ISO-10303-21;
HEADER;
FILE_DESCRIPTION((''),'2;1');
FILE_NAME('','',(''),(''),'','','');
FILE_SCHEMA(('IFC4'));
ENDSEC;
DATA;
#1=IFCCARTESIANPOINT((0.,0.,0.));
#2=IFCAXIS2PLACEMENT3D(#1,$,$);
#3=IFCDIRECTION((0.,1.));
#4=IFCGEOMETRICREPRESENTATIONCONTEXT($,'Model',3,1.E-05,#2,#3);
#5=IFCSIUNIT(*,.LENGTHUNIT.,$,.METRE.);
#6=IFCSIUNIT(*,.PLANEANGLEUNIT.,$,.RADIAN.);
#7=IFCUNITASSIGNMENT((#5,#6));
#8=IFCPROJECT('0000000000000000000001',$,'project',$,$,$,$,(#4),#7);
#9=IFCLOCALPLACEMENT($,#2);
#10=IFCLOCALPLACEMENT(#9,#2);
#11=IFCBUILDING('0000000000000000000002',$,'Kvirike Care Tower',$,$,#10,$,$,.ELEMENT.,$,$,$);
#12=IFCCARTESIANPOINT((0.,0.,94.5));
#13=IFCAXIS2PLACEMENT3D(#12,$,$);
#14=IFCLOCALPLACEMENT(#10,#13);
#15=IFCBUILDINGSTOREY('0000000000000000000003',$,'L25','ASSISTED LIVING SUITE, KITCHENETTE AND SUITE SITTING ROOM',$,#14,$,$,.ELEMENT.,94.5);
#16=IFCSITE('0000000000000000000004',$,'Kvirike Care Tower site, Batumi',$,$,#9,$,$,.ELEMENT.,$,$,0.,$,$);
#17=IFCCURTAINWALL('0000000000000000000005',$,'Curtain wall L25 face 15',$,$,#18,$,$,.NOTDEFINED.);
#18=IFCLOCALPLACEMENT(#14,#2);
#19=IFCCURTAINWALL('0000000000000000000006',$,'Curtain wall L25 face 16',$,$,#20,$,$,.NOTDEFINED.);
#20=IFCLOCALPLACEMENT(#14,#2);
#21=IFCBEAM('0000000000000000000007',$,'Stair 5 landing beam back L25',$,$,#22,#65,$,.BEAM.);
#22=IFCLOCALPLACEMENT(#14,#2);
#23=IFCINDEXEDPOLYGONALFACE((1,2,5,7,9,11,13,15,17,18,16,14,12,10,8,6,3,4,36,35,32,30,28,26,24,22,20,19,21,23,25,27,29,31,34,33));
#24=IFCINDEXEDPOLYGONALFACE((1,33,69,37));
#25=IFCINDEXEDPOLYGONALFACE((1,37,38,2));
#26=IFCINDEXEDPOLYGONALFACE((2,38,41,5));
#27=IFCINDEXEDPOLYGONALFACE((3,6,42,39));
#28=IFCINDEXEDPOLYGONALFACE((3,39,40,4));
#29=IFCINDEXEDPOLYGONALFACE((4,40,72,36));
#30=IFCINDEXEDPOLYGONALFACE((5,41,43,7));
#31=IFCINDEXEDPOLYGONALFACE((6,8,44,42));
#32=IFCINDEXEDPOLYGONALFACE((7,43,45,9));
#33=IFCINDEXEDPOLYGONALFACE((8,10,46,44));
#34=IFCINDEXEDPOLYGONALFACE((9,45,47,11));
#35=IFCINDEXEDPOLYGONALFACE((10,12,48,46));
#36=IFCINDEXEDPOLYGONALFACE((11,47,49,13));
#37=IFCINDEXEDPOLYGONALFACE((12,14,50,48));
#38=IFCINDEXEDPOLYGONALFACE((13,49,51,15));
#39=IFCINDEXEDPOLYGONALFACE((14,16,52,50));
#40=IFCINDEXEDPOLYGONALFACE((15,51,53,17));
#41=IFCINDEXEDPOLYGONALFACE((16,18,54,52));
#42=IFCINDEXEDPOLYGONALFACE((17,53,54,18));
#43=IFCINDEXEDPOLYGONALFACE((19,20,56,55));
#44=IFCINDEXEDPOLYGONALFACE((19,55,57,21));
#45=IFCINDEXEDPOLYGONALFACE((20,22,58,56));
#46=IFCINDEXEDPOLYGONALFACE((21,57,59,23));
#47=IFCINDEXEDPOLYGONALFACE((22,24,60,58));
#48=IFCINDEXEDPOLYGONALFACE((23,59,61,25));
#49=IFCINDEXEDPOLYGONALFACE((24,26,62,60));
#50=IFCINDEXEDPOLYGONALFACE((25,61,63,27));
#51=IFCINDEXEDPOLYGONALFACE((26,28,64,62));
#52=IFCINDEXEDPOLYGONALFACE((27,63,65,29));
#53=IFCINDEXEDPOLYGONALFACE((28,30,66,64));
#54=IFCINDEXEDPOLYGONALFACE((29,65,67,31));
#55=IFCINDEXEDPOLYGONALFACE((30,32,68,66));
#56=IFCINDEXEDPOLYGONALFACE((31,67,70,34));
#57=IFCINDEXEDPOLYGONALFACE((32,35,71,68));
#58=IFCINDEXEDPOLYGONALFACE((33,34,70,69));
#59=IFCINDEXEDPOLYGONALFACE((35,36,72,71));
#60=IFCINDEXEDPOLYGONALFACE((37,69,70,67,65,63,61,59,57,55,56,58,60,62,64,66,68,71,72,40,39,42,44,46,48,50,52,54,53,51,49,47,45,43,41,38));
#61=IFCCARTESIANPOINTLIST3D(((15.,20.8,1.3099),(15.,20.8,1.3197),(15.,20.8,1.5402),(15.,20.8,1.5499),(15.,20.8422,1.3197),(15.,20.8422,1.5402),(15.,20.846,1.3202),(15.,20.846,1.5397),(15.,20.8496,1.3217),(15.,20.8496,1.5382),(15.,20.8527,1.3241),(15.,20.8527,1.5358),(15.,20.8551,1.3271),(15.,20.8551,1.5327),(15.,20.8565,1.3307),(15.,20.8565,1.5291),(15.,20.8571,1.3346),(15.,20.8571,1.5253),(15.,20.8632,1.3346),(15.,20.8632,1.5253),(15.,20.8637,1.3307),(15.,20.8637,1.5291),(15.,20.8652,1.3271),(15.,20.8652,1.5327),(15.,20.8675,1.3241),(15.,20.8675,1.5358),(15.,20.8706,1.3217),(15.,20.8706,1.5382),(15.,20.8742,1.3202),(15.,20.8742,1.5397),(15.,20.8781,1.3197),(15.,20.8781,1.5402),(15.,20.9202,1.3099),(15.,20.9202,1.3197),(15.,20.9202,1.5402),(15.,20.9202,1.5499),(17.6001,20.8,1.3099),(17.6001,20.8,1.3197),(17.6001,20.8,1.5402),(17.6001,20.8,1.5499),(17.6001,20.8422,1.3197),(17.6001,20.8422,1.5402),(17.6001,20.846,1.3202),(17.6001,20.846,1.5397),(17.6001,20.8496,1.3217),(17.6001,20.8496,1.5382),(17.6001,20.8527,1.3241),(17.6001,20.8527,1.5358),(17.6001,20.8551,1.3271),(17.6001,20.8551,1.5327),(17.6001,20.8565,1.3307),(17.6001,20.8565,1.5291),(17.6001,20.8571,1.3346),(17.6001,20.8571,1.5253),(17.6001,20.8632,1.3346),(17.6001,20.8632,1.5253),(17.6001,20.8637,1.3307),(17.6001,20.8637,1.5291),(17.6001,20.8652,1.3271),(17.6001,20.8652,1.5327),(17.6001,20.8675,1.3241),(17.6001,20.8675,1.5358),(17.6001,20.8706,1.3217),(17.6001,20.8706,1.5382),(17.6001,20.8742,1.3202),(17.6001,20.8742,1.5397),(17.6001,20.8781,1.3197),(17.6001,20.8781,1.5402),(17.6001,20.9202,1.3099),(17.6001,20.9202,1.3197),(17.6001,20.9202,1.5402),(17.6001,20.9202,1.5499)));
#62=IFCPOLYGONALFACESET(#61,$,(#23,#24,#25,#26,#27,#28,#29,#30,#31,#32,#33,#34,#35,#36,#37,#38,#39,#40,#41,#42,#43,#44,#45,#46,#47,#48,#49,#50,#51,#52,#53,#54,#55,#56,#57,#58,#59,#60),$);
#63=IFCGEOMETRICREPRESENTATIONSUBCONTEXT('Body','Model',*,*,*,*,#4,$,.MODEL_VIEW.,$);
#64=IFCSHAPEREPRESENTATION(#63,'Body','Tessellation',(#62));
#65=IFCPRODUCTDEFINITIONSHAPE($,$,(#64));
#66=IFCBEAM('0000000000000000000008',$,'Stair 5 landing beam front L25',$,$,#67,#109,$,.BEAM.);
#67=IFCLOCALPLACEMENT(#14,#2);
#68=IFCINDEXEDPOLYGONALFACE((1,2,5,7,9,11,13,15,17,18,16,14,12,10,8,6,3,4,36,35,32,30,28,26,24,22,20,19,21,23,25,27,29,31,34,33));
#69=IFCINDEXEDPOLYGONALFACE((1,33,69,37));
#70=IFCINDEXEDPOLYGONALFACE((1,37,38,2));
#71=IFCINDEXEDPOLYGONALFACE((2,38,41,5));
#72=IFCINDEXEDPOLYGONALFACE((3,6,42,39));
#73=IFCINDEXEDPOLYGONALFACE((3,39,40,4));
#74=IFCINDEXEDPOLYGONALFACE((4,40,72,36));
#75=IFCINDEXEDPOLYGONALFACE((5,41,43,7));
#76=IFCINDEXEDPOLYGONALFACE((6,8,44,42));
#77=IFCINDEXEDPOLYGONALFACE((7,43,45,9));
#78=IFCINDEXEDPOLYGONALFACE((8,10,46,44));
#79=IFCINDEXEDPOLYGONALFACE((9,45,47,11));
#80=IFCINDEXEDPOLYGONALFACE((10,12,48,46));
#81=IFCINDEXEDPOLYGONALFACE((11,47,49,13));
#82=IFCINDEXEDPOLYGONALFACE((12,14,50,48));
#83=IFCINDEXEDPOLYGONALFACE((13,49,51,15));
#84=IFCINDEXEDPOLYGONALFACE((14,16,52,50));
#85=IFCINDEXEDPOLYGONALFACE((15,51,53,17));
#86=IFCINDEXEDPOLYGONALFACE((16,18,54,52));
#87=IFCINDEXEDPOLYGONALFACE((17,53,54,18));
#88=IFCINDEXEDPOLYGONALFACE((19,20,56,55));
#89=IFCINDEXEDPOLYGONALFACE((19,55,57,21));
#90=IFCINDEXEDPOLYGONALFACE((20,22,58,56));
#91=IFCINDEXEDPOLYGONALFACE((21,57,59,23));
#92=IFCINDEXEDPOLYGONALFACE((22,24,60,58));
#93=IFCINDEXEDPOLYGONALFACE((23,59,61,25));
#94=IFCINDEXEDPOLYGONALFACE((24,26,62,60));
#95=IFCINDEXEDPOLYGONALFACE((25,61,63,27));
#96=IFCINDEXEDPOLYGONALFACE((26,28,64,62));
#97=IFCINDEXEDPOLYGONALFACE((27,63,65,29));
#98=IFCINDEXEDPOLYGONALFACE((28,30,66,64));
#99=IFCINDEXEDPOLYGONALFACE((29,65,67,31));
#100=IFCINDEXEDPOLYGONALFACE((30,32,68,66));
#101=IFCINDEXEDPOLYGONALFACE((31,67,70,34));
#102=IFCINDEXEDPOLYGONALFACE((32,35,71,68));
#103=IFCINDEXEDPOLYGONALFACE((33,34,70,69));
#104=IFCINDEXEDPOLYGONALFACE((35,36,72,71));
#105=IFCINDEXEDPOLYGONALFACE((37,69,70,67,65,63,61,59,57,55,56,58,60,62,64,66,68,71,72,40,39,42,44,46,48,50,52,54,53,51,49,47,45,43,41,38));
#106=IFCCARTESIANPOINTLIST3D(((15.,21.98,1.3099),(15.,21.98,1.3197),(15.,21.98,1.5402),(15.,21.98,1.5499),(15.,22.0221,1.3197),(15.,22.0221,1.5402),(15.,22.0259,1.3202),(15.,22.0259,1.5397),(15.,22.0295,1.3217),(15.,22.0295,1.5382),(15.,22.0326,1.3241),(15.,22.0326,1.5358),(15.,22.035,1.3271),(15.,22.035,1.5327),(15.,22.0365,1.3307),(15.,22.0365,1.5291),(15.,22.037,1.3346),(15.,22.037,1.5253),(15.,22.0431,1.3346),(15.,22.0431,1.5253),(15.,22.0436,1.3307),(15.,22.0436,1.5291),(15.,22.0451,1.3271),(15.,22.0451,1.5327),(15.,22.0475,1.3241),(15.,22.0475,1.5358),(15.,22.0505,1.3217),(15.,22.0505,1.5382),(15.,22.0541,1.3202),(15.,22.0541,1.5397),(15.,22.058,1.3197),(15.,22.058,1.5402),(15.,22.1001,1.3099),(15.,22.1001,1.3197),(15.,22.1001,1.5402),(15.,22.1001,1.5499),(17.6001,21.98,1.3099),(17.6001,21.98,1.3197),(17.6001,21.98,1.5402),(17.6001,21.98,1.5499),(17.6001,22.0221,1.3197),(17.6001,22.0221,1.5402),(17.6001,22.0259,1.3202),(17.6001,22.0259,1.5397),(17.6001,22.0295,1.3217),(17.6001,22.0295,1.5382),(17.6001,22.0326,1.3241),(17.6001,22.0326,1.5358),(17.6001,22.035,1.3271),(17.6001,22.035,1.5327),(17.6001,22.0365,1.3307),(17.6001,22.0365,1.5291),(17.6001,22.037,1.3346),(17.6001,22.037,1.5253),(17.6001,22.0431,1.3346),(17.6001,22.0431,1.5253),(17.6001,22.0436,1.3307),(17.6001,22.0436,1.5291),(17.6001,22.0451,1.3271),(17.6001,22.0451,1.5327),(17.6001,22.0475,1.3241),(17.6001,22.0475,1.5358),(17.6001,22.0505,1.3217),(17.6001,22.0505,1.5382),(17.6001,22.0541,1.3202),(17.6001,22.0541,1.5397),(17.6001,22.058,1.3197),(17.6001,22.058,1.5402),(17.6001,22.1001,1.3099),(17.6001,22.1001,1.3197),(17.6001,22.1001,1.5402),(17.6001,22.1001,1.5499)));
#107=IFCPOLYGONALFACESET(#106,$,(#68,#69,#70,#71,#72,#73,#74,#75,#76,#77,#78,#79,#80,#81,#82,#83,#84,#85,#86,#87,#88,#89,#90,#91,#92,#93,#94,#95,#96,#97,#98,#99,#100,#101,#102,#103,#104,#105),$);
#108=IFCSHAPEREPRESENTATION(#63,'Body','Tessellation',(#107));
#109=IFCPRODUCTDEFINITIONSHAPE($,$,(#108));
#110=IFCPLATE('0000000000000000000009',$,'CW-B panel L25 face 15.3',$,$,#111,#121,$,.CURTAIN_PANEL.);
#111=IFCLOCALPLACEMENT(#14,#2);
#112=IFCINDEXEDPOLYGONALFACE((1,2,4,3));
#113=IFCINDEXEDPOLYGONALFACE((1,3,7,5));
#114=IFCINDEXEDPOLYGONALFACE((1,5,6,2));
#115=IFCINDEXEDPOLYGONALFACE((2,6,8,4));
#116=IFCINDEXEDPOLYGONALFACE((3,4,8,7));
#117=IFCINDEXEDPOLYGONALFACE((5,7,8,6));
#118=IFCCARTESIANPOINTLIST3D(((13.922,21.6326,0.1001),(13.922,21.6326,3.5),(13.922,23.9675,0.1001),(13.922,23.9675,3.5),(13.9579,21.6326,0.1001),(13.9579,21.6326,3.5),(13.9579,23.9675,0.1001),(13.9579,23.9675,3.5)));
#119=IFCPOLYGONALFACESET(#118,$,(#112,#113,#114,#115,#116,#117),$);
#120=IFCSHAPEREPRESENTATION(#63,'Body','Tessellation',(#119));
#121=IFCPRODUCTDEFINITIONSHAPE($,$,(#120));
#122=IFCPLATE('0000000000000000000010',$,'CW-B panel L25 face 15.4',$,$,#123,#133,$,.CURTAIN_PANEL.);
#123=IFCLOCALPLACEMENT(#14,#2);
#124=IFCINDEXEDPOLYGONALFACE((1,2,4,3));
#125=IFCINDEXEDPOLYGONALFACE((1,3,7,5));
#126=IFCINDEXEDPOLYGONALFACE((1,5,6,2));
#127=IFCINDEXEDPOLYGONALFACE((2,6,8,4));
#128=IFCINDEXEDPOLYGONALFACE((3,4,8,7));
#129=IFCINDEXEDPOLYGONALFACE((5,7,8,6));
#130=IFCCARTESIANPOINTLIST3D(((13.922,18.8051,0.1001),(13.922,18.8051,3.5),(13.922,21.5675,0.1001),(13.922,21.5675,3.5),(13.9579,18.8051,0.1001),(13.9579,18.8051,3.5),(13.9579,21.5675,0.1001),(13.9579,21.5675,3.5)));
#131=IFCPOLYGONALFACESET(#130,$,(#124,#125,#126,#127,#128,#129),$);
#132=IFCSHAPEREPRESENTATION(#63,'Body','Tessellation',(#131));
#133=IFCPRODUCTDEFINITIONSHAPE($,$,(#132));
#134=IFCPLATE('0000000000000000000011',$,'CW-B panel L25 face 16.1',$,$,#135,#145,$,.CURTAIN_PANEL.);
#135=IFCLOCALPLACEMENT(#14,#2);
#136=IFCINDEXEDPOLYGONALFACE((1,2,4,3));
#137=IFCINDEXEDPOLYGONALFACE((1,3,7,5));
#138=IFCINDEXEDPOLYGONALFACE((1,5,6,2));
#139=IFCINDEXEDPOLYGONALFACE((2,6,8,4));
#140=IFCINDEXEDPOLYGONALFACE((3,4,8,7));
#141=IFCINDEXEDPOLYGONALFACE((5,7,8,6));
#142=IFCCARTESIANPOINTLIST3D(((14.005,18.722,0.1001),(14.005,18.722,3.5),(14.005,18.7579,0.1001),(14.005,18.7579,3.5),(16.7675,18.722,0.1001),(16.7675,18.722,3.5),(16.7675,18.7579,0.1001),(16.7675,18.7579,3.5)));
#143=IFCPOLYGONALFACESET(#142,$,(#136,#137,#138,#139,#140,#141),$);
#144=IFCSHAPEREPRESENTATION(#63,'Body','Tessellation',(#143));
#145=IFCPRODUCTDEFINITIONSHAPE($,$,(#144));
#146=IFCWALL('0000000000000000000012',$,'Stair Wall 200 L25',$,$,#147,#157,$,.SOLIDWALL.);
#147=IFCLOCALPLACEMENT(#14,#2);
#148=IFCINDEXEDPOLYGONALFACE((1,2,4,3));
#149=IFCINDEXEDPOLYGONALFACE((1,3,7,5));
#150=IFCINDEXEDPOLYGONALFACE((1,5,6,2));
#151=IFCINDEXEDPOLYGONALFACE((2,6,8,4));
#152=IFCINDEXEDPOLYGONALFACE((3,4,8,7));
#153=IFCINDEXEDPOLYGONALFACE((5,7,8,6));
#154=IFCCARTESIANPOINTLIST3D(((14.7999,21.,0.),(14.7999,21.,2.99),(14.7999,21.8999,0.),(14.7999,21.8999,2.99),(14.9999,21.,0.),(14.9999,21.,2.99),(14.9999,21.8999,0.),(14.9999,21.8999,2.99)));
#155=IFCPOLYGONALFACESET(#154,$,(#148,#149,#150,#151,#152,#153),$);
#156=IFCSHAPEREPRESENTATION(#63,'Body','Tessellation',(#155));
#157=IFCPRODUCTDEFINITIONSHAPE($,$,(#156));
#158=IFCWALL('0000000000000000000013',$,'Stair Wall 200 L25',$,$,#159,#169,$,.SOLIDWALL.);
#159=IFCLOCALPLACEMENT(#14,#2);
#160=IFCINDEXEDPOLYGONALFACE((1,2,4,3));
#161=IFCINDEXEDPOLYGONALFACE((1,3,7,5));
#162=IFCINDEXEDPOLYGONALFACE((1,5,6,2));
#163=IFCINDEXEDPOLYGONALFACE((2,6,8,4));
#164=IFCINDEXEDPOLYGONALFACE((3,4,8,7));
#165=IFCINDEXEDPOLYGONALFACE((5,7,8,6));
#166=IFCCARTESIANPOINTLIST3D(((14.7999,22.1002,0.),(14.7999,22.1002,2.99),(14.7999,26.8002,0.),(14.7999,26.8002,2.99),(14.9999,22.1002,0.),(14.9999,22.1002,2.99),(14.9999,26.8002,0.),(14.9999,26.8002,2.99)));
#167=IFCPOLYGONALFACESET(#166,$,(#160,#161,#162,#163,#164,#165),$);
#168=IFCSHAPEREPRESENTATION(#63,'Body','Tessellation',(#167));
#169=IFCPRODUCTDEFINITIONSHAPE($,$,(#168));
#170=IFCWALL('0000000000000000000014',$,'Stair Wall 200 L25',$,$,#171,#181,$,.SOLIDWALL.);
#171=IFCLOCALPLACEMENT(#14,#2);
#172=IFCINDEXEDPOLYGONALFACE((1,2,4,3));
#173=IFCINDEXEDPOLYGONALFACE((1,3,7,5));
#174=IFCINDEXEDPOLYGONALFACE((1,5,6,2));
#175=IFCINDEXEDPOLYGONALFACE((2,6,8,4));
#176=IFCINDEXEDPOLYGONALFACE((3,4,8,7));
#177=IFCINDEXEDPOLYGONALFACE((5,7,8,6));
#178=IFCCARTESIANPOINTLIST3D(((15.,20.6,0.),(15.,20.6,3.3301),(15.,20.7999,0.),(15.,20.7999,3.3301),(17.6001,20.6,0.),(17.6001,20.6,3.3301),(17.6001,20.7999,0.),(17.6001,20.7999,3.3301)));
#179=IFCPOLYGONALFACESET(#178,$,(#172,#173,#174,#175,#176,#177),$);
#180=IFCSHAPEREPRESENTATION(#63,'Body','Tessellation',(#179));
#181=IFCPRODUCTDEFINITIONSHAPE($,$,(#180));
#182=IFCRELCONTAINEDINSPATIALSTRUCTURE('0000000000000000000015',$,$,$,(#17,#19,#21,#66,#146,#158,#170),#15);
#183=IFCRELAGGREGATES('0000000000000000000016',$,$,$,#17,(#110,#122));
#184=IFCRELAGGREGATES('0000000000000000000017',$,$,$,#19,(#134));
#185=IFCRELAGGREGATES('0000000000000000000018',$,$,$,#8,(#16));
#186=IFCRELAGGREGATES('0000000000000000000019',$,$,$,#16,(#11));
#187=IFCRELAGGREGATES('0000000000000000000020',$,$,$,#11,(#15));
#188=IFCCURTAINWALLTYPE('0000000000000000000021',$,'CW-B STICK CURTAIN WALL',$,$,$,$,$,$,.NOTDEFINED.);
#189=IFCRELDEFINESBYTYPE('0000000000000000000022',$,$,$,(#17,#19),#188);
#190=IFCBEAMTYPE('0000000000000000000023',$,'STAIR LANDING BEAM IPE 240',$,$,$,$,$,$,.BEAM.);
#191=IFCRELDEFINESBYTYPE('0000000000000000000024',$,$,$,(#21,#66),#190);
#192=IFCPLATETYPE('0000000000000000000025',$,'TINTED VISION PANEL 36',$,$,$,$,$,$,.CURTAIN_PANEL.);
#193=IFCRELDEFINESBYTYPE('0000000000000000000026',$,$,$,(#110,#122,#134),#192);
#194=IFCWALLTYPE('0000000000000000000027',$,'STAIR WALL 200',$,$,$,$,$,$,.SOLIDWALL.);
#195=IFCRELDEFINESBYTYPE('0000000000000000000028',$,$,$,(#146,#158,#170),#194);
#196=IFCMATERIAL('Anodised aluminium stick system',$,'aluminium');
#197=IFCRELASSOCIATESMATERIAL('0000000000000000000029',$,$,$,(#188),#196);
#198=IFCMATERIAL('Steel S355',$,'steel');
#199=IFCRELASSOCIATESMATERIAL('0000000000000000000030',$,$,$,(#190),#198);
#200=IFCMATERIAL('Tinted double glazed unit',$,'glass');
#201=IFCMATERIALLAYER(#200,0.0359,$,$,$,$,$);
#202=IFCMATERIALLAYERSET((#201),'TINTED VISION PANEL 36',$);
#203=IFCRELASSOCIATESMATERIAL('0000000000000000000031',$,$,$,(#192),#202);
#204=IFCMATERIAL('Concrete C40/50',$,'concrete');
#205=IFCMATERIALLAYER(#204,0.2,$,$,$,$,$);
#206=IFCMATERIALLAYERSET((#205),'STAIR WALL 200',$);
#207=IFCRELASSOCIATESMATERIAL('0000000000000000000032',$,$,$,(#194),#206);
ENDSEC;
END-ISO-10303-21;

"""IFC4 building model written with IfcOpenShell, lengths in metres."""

from ifc_helpers import new_model, si_unit, direction, frame, frame_2d, origin, origin_2d, place, context, subcontext, project, spatial, rectangle, i_section, extrude, material, layer, layer_set, material_profile, profile_set, type_object, element, aggregate, save


model = new_model("IFC4")

# Units and contexts
model_context = context("Model", 3, precision=1e-05, world=origin(), true_north=direction((0.0, 1.0)))
body_context = subcontext(model_context, "Body", "Model", "MODEL_VIEW")
ifc_project = project(units=[si_unit("LENGTHUNIT", "METRE"), si_unit("PLANEANGLEUNIT", "RADIAN")], contexts=[model_context])

# Site, building, storey
site_placement = place(None, origin())
site = spatial("IfcSite", under=ifc_project, at=site_placement, Name="Kvirike Care Tower site, Batumi", CompositionType="ELEMENT", RefElevation=0.0)
building_placement = place(site_placement, origin())
building = spatial("IfcBuilding", under=site, at=building_placement, Name="Kvirike Care Tower", CompositionType="ELEMENT")
storey_placement = place(building_placement, frame((0.0, 0.0, 94.5)))
storey = spatial("IfcBuildingStorey", under=building, at=storey_placement, Name="L25", Description="ASSISTED LIVING SUITE, KITCHENETTE AND SUITE SITTING ROOM", CompositionType="ELEMENT", Elevation=94.5)

# Curtain wall
ifc_material_1 = material(Name="Anodised aluminium stick system", Category="aluminium")
curtain_wall_type = type_object("IfcCurtainWallType", Name="CW-B STICK CURTAIN WALL", PredefinedType="NOTDEFINED", material=ifc_material_1)
curtain_wall_1_placement = place(storey_placement, origin())
curtain_wall_1 = element("IfcCurtainWall", 1, at=curtain_wall_1_placement, inside=storey, type_object=curtain_wall_type, Name="Curtain wall L25 face 15", PredefinedType="NOTDEFINED")

# Curtain wall
curtain_wall_2_placement = place(storey_placement, origin())
curtain_wall_2 = element("IfcCurtainWall", 2, at=curtain_wall_2_placement, inside=storey, type_object=curtain_wall_type, Name="Curtain wall L25 face 16", PredefinedType="NOTDEFINED")

# Beams
ifc_material_2 = material(Name="Steel S355", Category="steel")
ifc_material_profile_1 = material_profile(ifc_material_2, i_section(OverallWidth=0.1201, OverallDepth=0.24, WebThickness=0.0061, FlangeThickness=0.0098, FilletRadius=0.0149, at=origin_2d()), Name="IPE 240")
ifc_profile_set_1 = profile_set([ifc_material_profile_1], Name="Steel S355")
beam_type_1 = type_object("IfcBeamType", Name="STAIR LANDING BEAM IPE 240", PredefinedType="BEAM", material=ifc_profile_set_1)
for number, where, z_axis, x_axis, name in (
    (3, (15.0, 20.8601, 1.4299), (1.0, 0.0, 0.0), (0.0, 1.0, 0.0), "Stair 5 landing beam back L25"),
    (4, (15.0, 22.04, 1.4299), (1.0, 0.0, 0.0), (0.0, 1.0, 0.0), "Stair 5 landing beam front L25"),
):
    element("IfcBeam", number, at=place(storey_placement, frame(where, z_axis=z_axis, x_axis=x_axis)), inside=storey, type_object=beam_type_1, Name=name, PredefinedType="BEAM", context=body_context, shape_type="SweptSolid", body=[
        extrude(i_section(OverallWidth=0.1201, OverallDepth=0.24, WebThickness=0.0061, FlangeThickness=0.0098, FilletRadius=0.0149, at=origin_2d()), origin(), (0.0, 0.0, 1.0), 2.6001),
    ])

# Plates
ifc_material_3 = material(Name="Tinted double glazed unit", Category="glass")
ifc_layer_1 = layer(ifc_material_3, 0.0359)
ifc_layer_set_1 = layer_set([ifc_layer_1], Name="TINTED VISION PANEL 36")
plate_type = type_object("IfcPlateType", Name="TINTED VISION PANEL 36", PredefinedType="CURTAIN_PANEL", material=ifc_layer_set_1)
plate_1_placement = place(storey_placement, frame((13.9399, 22.8, 0.1001), z_axis=(0.0, 0.0, 1.0), x_axis=(0.0, -1.0, 0.0)))
plate_1 = element("IfcPlate", 5, at=plate_1_placement, type_object=plate_type, Name="CW-B panel L25 face 15.3", PredefinedType="CURTAIN_PANEL", context=body_context, shape_type="SweptSolid", body=[
    extrude(rectangle(XDim=2.335, YDim=0.0359, at=origin_2d()), origin(), (0.0, 0.0, 1.0), 3.3999),
])
plate_2_placement = place(storey_placement, frame((13.9399, 20.1863, 0.1001), z_axis=(0.0, 0.0, 1.0), x_axis=(0.0, -1.0, 0.0)))
plate_2 = element("IfcPlate", 6, at=plate_2_placement, type_object=plate_type, Name="CW-B panel L25 face 15.4", PredefinedType="CURTAIN_PANEL", context=body_context, shape_type="SweptSolid", body=[
    extrude(rectangle(XDim=2.7625, YDim=0.0359, at=origin_2d()), origin(), (0.0, 0.0, 1.0), 3.3999),
])
aggregate(curtain_wall_1, [plate_1, plate_2])
plate_3_placement = place(storey_placement, frame((15.3862, 18.74, 0.1001), z_axis=(0.0, 0.0, 1.0), x_axis=(1.0, 0.0, 0.0)))
plate_3 = element("IfcPlate", 7, at=plate_3_placement, type_object=plate_type, Name="CW-B panel L25 face 16.1", PredefinedType="CURTAIN_PANEL", context=body_context, shape_type="SweptSolid", body=[
    extrude(rectangle(XDim=2.7625, YDim=0.0359, at=origin_2d()), origin(), (0.0, 0.0, 1.0), 3.3999),
])
aggregate(curtain_wall_2, [plate_3])

# Walls
ifc_material_4 = material(Name="Concrete C40/50", Category="concrete")
ifc_layer_2 = layer(ifc_material_4, 0.2)
ifc_layer_set_2 = layer_set([ifc_layer_2], Name="STAIR WALL 200")
wall_type = type_object("IfcWallType", Name="STAIR WALL 200", PredefinedType="SOLIDWALL", material=ifc_layer_set_2)
wall_1_placement = place(storey_placement, frame((14.8999, 21.0, 0.0), z_axis=(0.0, 0.0, 1.0), x_axis=(0.0, 1.0, 0.0)))
element("IfcWall", 8, at=wall_1_placement, inside=storey, type_object=wall_type, Name="Stair Wall 200 L25", PredefinedType="SOLIDWALL", context=body_context, shape_type="SweptSolid", body=[
    extrude(rectangle(XDim=0.8999, YDim=0.2, at=frame_2d((0.45, 0.0))), origin(), (0.0, 0.0, 1.0), 2.99),
])
wall_2_placement = place(storey_placement, frame((14.8999, 22.1001, 0.0), z_axis=(0.0, 0.0, 1.0), x_axis=(0.0, 1.0, 0.0)))
element("IfcWall", 9, at=wall_2_placement, inside=storey, type_object=wall_type, Name="Stair Wall 200 L25", PredefinedType="SOLIDWALL", context=body_context, shape_type="SweptSolid", body=[
    extrude(rectangle(XDim=4.7, YDim=0.2, at=frame_2d((2.3501, 0.0))), origin(), (0.0, 0.0, 1.0), 2.99),
])
wall_3_placement = place(storey_placement, frame((15.0, 20.7, 0.0), z_axis=(0.0, 0.0, 1.0), x_axis=(1.0, 0.0, 0.0)))
element("IfcWall", 10, at=wall_3_placement, inside=storey, type_object=wall_type, Name="Stair Wall 200 L25", PredefinedType="SOLIDWALL", context=body_context, shape_type="SweptSolid", body=[
    extrude(rectangle(XDim=2.6001, YDim=0.2, at=frame_2d((1.3, 0.0))), origin(), (0.0, 0.0, 1.0), 3.3301),
])

save(model, "model.ifc")
